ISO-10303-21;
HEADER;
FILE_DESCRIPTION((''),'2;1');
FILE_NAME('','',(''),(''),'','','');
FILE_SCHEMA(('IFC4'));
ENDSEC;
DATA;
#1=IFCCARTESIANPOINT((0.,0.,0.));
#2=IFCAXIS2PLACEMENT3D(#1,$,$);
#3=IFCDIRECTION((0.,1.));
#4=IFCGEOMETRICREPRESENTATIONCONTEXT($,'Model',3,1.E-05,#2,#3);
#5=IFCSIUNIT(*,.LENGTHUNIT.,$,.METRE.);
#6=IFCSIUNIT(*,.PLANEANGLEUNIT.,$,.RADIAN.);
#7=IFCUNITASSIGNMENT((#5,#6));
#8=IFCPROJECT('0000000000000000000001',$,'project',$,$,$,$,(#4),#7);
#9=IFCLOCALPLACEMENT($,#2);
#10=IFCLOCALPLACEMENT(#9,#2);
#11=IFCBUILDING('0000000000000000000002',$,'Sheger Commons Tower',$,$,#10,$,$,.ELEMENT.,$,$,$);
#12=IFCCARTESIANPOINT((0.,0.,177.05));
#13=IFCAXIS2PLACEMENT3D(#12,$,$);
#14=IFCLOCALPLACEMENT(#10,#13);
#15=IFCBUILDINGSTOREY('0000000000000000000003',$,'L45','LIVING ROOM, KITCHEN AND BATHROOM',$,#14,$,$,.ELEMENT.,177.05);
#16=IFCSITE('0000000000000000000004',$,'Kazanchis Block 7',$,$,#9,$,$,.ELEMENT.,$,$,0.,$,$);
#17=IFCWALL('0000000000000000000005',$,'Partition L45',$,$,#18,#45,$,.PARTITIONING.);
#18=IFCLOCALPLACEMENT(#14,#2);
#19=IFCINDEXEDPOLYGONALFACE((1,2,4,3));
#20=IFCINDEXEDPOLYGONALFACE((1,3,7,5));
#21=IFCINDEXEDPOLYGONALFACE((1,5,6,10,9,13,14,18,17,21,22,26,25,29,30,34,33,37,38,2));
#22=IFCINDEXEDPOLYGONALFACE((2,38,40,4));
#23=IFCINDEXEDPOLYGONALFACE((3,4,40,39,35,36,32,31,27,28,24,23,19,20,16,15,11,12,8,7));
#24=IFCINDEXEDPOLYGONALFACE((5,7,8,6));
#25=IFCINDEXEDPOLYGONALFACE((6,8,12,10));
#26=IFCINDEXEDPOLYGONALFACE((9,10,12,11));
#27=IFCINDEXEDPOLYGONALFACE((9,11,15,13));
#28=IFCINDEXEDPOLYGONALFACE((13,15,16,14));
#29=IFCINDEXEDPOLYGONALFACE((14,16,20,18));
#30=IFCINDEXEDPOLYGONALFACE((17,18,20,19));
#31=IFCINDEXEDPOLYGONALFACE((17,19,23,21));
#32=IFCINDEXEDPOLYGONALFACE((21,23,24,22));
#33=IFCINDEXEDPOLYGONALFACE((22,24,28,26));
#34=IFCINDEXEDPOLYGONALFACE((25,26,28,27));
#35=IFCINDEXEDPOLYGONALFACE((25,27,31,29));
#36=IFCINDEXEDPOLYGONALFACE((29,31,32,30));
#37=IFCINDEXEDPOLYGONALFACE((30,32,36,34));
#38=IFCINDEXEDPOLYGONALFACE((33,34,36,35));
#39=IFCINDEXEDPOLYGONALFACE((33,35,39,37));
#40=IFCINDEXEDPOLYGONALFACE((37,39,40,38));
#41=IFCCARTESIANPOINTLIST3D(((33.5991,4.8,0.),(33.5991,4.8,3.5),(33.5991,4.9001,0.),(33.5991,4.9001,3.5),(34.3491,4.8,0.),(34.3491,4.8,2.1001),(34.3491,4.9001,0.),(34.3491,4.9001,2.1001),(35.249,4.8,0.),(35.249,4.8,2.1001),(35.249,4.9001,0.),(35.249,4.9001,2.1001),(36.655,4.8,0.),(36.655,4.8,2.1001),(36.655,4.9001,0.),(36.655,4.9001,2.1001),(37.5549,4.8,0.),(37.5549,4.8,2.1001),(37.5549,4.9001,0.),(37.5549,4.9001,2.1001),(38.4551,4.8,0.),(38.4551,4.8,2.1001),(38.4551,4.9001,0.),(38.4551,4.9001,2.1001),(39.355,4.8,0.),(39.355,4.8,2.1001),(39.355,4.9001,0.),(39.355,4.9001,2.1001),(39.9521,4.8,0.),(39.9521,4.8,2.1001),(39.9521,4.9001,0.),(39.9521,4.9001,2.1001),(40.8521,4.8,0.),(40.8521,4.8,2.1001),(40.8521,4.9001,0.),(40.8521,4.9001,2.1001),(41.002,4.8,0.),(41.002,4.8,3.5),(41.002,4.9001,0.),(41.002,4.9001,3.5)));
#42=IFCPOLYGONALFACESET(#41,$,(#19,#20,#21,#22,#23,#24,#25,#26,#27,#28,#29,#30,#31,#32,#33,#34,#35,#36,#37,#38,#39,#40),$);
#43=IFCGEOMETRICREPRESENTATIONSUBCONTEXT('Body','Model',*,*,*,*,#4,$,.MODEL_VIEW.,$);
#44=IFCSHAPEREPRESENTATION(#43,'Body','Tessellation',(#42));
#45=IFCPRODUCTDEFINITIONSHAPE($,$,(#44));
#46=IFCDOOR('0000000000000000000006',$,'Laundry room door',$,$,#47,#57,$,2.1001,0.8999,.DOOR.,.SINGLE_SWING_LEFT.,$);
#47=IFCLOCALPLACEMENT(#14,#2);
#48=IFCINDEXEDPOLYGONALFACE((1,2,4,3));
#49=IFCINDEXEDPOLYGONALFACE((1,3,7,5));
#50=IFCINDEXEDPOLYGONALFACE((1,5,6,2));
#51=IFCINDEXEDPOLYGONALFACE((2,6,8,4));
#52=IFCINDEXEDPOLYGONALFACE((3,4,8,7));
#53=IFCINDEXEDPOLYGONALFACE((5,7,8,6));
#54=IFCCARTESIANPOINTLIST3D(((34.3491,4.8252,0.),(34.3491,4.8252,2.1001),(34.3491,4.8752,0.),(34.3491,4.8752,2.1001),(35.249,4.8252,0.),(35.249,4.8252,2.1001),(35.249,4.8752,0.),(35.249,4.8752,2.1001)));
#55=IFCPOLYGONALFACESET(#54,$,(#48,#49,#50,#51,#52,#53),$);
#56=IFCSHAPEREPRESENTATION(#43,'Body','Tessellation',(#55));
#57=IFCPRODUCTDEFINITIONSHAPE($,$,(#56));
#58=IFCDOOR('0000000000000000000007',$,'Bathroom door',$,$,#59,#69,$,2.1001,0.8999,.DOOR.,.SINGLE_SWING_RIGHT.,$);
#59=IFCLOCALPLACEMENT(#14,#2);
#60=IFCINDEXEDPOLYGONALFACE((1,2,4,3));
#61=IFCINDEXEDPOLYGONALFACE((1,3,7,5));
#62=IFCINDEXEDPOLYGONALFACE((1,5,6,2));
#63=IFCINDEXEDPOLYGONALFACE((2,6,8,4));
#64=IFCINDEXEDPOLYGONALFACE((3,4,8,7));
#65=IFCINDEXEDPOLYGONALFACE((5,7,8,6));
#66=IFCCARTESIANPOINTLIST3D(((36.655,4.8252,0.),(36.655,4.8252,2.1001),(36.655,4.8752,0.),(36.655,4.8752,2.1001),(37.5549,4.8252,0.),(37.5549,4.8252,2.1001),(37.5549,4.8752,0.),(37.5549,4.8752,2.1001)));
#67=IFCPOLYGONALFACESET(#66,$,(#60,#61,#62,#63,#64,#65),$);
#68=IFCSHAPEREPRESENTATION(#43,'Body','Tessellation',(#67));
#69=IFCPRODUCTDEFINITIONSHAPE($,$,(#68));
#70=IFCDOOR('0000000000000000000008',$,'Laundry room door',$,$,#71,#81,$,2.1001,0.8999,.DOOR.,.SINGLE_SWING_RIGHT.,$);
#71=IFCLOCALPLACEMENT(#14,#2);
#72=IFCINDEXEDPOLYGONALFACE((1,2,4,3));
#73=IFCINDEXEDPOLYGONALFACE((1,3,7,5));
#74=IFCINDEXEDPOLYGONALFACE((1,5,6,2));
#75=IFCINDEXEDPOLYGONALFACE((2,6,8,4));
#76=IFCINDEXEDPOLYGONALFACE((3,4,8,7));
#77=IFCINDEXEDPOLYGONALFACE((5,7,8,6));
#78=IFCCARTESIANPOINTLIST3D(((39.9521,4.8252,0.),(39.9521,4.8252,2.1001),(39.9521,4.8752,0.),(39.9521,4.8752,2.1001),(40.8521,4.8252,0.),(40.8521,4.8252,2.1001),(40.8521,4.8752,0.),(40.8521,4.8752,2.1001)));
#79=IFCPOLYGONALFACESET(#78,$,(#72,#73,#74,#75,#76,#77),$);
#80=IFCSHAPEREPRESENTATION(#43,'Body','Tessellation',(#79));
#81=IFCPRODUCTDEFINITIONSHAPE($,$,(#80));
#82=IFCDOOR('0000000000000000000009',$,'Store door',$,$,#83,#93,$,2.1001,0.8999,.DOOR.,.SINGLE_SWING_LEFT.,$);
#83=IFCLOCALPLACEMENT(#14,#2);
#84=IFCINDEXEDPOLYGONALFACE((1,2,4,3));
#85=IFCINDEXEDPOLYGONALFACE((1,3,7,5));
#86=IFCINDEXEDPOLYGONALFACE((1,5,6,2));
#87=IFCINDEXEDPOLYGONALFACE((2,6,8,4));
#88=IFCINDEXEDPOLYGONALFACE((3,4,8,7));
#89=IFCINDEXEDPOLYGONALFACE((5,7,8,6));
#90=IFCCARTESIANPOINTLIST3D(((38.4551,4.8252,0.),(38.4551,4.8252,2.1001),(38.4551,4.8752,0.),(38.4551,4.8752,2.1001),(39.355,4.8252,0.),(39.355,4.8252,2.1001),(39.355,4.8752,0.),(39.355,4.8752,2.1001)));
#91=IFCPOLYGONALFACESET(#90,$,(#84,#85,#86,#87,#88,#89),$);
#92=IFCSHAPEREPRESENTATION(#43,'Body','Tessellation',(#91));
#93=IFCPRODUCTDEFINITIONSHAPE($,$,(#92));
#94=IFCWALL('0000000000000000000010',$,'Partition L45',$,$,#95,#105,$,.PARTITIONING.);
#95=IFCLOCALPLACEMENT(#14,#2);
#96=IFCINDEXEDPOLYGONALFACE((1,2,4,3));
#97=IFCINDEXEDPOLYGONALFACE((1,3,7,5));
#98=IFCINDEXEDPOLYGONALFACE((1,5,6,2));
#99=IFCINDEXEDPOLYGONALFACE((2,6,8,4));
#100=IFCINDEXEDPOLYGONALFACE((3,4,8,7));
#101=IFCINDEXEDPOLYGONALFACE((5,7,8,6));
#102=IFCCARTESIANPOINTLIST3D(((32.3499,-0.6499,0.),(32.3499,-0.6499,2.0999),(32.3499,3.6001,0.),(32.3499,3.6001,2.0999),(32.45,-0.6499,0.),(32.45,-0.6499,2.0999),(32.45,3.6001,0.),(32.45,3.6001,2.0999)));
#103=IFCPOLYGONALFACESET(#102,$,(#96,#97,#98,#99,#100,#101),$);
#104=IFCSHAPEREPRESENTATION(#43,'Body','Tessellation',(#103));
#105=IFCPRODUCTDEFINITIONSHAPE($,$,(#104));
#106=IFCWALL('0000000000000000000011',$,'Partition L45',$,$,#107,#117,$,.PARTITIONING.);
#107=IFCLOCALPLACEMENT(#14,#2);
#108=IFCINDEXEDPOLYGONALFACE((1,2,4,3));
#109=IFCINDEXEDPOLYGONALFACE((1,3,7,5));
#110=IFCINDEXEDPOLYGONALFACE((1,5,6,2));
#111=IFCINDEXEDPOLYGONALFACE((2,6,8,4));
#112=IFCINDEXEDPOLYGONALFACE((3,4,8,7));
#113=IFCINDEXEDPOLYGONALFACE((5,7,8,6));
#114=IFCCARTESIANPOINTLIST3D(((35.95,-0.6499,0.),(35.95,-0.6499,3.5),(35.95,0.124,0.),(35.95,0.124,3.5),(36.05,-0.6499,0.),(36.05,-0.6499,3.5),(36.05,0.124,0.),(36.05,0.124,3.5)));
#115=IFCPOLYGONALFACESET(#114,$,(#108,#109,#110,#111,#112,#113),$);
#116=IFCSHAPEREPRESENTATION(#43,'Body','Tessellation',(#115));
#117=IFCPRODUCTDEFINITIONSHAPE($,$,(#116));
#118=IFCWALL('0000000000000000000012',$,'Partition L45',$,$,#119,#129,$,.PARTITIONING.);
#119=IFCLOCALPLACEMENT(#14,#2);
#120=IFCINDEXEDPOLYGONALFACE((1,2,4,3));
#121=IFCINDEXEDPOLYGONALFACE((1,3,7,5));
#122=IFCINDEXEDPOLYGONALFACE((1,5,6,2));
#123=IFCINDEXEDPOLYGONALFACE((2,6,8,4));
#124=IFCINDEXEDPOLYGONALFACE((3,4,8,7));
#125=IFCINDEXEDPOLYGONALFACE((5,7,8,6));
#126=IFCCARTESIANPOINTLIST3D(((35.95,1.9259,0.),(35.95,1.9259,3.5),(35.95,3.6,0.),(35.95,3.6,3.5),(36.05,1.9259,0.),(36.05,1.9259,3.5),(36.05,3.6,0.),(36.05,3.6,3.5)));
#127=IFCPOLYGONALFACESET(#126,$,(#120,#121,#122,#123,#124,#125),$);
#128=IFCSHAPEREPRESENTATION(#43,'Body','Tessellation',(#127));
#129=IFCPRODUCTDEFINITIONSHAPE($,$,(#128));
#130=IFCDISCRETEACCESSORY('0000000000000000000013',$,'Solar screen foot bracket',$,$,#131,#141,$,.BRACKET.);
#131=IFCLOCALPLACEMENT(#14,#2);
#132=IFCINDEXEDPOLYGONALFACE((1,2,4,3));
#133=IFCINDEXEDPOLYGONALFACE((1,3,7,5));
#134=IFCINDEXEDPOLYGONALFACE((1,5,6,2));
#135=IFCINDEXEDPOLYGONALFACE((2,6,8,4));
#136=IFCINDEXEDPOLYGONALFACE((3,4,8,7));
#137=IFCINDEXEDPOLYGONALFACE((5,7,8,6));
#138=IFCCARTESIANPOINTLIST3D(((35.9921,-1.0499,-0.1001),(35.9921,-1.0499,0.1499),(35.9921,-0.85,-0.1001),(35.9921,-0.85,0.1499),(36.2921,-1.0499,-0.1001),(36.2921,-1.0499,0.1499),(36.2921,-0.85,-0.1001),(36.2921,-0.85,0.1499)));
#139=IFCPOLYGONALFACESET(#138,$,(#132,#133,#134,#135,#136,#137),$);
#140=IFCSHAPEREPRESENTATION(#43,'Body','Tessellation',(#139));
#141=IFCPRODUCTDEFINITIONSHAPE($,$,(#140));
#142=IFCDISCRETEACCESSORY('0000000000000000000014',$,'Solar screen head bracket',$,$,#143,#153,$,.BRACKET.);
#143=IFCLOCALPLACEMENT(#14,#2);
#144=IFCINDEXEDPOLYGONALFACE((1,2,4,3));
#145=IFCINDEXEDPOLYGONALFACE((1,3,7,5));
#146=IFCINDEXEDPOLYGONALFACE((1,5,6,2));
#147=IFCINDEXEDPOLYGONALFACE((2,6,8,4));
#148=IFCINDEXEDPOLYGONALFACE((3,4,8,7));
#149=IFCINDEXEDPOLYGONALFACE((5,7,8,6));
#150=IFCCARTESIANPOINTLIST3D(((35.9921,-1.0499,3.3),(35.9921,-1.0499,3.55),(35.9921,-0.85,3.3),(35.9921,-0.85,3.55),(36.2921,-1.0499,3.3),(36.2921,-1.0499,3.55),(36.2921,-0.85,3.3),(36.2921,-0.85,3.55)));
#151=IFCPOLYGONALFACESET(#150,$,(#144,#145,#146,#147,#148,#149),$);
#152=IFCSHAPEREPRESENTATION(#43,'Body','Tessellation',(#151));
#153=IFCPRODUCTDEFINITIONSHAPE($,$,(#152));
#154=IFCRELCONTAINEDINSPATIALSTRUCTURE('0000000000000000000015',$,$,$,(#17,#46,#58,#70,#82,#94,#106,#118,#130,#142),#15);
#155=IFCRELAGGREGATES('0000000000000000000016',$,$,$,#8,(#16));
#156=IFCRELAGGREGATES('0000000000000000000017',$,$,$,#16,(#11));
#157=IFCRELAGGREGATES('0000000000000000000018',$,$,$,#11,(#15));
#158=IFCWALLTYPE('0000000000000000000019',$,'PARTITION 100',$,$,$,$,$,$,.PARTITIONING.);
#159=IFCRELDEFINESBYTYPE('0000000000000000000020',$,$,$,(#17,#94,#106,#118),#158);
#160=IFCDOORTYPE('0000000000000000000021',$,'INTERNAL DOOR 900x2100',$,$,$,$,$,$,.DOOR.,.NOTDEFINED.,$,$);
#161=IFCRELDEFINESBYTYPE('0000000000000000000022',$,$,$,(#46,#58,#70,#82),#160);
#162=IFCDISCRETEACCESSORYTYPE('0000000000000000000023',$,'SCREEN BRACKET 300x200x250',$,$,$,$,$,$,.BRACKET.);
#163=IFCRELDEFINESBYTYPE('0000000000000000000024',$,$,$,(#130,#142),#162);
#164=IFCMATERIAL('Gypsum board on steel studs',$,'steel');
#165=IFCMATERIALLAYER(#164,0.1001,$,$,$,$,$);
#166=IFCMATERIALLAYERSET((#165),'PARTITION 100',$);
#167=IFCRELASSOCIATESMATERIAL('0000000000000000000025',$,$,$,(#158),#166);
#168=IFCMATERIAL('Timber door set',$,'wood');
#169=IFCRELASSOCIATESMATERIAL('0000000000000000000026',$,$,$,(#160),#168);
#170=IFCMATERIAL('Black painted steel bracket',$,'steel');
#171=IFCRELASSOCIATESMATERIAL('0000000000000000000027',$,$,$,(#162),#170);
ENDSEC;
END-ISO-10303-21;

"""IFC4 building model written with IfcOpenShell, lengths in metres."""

from ifc_helpers import new_model, si_unit, direction, frame, frame_2d, origin, origin_2d, place, context, subcontext, project, spatial, rectangle, extrude, material, layer, layer_set, type_object, element, fill, save


model = new_model("IFC4")

# Units and contexts
model_context = context("Model", 3, precision=1e-05, world=origin(), true_north=direction((0.0, 1.0)))
body_context = subcontext(model_context, "Body", "Model", "MODEL_VIEW")
ifc_project = project(units=[si_unit("LENGTHUNIT", "METRE"), si_unit("PLANEANGLEUNIT", "RADIAN")], contexts=[model_context])

# Site, building, storey
site_placement = place(None, origin())
site = spatial("IfcSite", under=ifc_project, at=site_placement, Name="Kazanchis Block 7", CompositionType="ELEMENT", RefElevation=0.0)
building_placement = place(site_placement, origin())
building = spatial("IfcBuilding", under=site, at=building_placement, Name="Sheger Commons Tower", CompositionType="ELEMENT")
storey_placement = place(building_placement, frame((0.0, 0.0, 177.05)))
storey = spatial("IfcBuildingStorey", under=building, at=storey_placement, Name="L45", Description="LIVING ROOM, KITCHEN AND BATHROOM", CompositionType="ELEMENT", Elevation=177.05)

# Wall, openings, doors
ifc_material_1 = material(Name="Gypsum board on steel studs", Category="steel")
ifc_layer_1 = layer(ifc_material_1, 0.1001)
ifc_layer_set_1 = layer_set([ifc_layer_1], Name="PARTITION 100")
wall_type_1 = type_object("IfcWallType", Name="PARTITION 100", PredefinedType="PARTITIONING", material=ifc_layer_set_1)
ifc_material_2 = material(Name="Timber door set", Category="wood")
door_type = type_object("IfcDoorType", Name="INTERNAL DOOR 900x2100", OperationType="NOTDEFINED", PredefinedType="DOOR", material=ifc_material_2)
wall_1_placement = place(storey_placement, frame((41.002, 4.8501, 0.0), z_axis=(0.0, 0.0, 1.0), x_axis=(-1.0, 0.0, 0.0)))
wall_1 = element("IfcWall", 1, at=wall_1_placement, inside=storey, type_object=wall_type_1, Name="Partition L45", PredefinedType="PARTITIONING", context=body_context, shape_type="SweptSolid", body=[
    extrude(rectangle(XDim=7.4028, YDim=0.1001, at=frame_2d((3.7014, 0.0))), origin(), (0.0, 0.0, 1.0), 3.5),
])
opening_1_placement = place(wall_1_placement, frame((5.7529, 0.0, 0.0)))
opening_1 = element("IfcOpeningElement", 2, at=opening_1_placement, cuts=wall_1, PredefinedType="OPENING", context=body_context, shape_type="SweptSolid", body=[
    extrude(rectangle(XDim=0.8999, YDim=2.1001, at=frame_2d((0.45, 1.05))), frame((0.0, 0.0601, 0.0), z_axis=(0.0, -1.0, 0.0), x_axis=(1.0, 0.0, 0.0)), (0.0, 0.0, 1.0), 0.1201),
])
opening_2_placement = place(wall_1_placement, frame((3.447, 0.0, 0.0)))
opening_2 = element("IfcOpeningElement", 3, at=opening_2_placement, cuts=wall_1, PredefinedType="OPENING", context=body_context, shape_type="SweptSolid", body=[
    extrude(rectangle(XDim=0.8999, YDim=2.1001, at=frame_2d((0.45, 1.05))), frame((0.0, 0.0601, 0.0), z_axis=(0.0, -1.0, 0.0), x_axis=(1.0, 0.0, 0.0)), (0.0, 0.0, 1.0), 0.1201),
])
opening_3_placement = place(wall_1_placement, frame((0.1499, 0.0, 0.0)))
opening_3 = element("IfcOpeningElement", 4, at=opening_3_placement, cuts=wall_1, PredefinedType="OPENING", context=body_context, shape_type="SweptSolid", body=[
    extrude(rectangle(XDim=0.8999, YDim=2.1001, at=frame_2d((0.45, 1.05))), frame((0.0, 0.0601, 0.0), z_axis=(0.0, -1.0, 0.0), x_axis=(1.0, 0.0, 0.0)), (0.0, 0.0, 1.0), 0.1201),
])
opening_4_placement = place(wall_1_placement, frame((1.647, 0.0, 0.0)))
opening_4 = element("IfcOpeningElement", 5, at=opening_4_placement, cuts=wall_1, PredefinedType="OPENING", context=body_context, shape_type="SweptSolid", body=[
    extrude(rectangle(XDim=0.8999, YDim=2.1001, at=frame_2d((0.45, 1.05))), frame((0.0, 0.0601, 0.0), z_axis=(0.0, -1.0, 0.0), x_axis=(1.0, 0.0, 0.0)), (0.0, 0.0, 1.0), 0.1201),
])
door_1_placement = place(opening_1_placement, origin())
door_1 = element("IfcDoor", 6, at=door_1_placement, inside=storey, type_object=door_type, Name="Laundry room door", OperationType="SINGLE_SWING_LEFT", OverallHeight=2.1001, OverallWidth=0.8999, PredefinedType="DOOR", context=body_context, shape_type="SweptSolid", body=[
    extrude(rectangle(XDim=0.8999, YDim=2.1001, at=frame_2d((0.45, 1.05))), frame((0.0, 0.0249, 0.0), z_axis=(0.0, -1.0, 0.0), x_axis=(1.0, 0.0, 0.0)), (0.0, 0.0, 1.0), 0.05),
])
fill(opening_1, door_1)
door_2_placement = place(opening_2_placement, origin())
door_2 = element("IfcDoor", 7, at=door_2_placement, inside=storey, type_object=door_type, Name="Bathroom door", OperationType="SINGLE_SWING_RIGHT", OverallHeight=2.1001, OverallWidth=0.8999, PredefinedType="DOOR", context=body_context, shape_type="SweptSolid", body=[
    extrude(rectangle(XDim=0.8999, YDim=2.1001, at=frame_2d((0.45, 1.05))), frame((0.0, 0.0249, 0.0), z_axis=(0.0, -1.0, 0.0), x_axis=(1.0, 0.0, 0.0)), (0.0, 0.0, 1.0), 0.05),
])
fill(opening_2, door_2)
door_3_placement = place(opening_3_placement, origin())
door_3 = element("IfcDoor", 8, at=door_3_placement, inside=storey, type_object=door_type, Name="Laundry room door", OperationType="SINGLE_SWING_RIGHT", OverallHeight=2.1001, OverallWidth=0.8999, PredefinedType="DOOR", context=body_context, shape_type="SweptSolid", body=[
    extrude(rectangle(XDim=0.8999, YDim=2.1001, at=frame_2d((0.45, 1.05))), frame((0.0, 0.0249, 0.0), z_axis=(0.0, -1.0, 0.0), x_axis=(1.0, 0.0, 0.0)), (0.0, 0.0, 1.0), 0.05),
])
fill(opening_3, door_3)
door_4_placement = place(opening_4_placement, origin())
door_4 = element("IfcDoor", 9, at=door_4_placement, inside=storey, type_object=door_type, Name="Store door", OperationType="SINGLE_SWING_LEFT", OverallHeight=2.1001, OverallWidth=0.8999, PredefinedType="DOOR", context=body_context, shape_type="SweptSolid", body=[
    extrude(rectangle(XDim=0.8999, YDim=2.1001, at=frame_2d((0.45, 1.05))), frame((0.0, 0.0249, 0.0), z_axis=(0.0, -1.0, 0.0), x_axis=(1.0, 0.0, 0.0)), (0.0, 0.0, 1.0), 0.05),
])
fill(opening_4, door_4)

# Walls
wall_2_placement = place(storey_placement, frame((32.3999, -0.6499, 0.0), z_axis=(0.0, 0.0, 1.0), x_axis=(0.0, 1.0, 0.0)))
element("IfcWall", 10, at=wall_2_placement, inside=storey, type_object=wall_type_1, Name="Partition L45", PredefinedType="PARTITIONING", context=body_context, shape_type="SweptSolid", body=[
    extrude(rectangle(XDim=4.25, YDim=0.1001, at=frame_2d((2.125, 0.0))), origin(), (0.0, 0.0, 1.0), 2.0999),
])
wall_3_placement = place(storey_placement, frame((36.0, -0.6499, 0.0), z_axis=(0.0, 0.0, 1.0), x_axis=(0.0, 1.0, 0.0)))
element("IfcWall", 11, at=wall_3_placement, inside=storey, type_object=wall_type_1, Name="Partition L45", PredefinedType="PARTITIONING", context=body_context, shape_type="SweptSolid", body=[
    extrude(rectangle(XDim=0.7739, YDim=0.1001, at=frame_2d((0.387, 0.0))), origin(), (0.0, 0.0, 1.0), 3.5),
])
wall_4_placement = place(storey_placement, frame((36.0, 1.926, 0.0), z_axis=(0.0, 0.0, 1.0), x_axis=(0.0, 1.0, 0.0)))
element("IfcWall", 12, at=wall_4_placement, inside=storey, type_object=wall_type_1, Name="Partition L45", PredefinedType="PARTITIONING", context=body_context, shape_type="SweptSolid", body=[
    extrude(rectangle(XDim=1.6741, YDim=0.1001, at=frame_2d((0.8369, 0.0))), origin(), (0.0, 0.0, 1.0), 3.5),
])

# Discrete accessories
ifc_material_3 = material(Name="Black painted steel bracket", Category="steel")
discrete_accessory_type = type_object("IfcDiscreteAccessoryType", Name="SCREEN BRACKET 300x200x250", PredefinedType="BRACKET", material=ifc_material_3)
for number, where, z_axis, x_axis, name in (
    (13, (36.1421, -0.95, -0.1001), (0.0, 0.0, 1.0), (1.0, 0.0, 0.0), "Solar screen foot bracket"),
    (14, (36.1421, -0.95, 3.3), (0.0, 0.0, 1.0), (1.0, 0.0, 0.0), "Solar screen head bracket"),
):
    element("IfcDiscreteAccessory", number, at=place(storey_placement, frame(where, z_axis=z_axis, x_axis=x_axis)), inside=storey, type_object=discrete_accessory_type, Name=name, PredefinedType="BRACKET", context=body_context, shape_type="SweptSolid", body=[
        extrude(rectangle(XDim=0.3, YDim=0.2, at=origin_2d()), origin(), (0.0, 0.0, 1.0), 0.25),
    ])

save(model, "model.ifc")
